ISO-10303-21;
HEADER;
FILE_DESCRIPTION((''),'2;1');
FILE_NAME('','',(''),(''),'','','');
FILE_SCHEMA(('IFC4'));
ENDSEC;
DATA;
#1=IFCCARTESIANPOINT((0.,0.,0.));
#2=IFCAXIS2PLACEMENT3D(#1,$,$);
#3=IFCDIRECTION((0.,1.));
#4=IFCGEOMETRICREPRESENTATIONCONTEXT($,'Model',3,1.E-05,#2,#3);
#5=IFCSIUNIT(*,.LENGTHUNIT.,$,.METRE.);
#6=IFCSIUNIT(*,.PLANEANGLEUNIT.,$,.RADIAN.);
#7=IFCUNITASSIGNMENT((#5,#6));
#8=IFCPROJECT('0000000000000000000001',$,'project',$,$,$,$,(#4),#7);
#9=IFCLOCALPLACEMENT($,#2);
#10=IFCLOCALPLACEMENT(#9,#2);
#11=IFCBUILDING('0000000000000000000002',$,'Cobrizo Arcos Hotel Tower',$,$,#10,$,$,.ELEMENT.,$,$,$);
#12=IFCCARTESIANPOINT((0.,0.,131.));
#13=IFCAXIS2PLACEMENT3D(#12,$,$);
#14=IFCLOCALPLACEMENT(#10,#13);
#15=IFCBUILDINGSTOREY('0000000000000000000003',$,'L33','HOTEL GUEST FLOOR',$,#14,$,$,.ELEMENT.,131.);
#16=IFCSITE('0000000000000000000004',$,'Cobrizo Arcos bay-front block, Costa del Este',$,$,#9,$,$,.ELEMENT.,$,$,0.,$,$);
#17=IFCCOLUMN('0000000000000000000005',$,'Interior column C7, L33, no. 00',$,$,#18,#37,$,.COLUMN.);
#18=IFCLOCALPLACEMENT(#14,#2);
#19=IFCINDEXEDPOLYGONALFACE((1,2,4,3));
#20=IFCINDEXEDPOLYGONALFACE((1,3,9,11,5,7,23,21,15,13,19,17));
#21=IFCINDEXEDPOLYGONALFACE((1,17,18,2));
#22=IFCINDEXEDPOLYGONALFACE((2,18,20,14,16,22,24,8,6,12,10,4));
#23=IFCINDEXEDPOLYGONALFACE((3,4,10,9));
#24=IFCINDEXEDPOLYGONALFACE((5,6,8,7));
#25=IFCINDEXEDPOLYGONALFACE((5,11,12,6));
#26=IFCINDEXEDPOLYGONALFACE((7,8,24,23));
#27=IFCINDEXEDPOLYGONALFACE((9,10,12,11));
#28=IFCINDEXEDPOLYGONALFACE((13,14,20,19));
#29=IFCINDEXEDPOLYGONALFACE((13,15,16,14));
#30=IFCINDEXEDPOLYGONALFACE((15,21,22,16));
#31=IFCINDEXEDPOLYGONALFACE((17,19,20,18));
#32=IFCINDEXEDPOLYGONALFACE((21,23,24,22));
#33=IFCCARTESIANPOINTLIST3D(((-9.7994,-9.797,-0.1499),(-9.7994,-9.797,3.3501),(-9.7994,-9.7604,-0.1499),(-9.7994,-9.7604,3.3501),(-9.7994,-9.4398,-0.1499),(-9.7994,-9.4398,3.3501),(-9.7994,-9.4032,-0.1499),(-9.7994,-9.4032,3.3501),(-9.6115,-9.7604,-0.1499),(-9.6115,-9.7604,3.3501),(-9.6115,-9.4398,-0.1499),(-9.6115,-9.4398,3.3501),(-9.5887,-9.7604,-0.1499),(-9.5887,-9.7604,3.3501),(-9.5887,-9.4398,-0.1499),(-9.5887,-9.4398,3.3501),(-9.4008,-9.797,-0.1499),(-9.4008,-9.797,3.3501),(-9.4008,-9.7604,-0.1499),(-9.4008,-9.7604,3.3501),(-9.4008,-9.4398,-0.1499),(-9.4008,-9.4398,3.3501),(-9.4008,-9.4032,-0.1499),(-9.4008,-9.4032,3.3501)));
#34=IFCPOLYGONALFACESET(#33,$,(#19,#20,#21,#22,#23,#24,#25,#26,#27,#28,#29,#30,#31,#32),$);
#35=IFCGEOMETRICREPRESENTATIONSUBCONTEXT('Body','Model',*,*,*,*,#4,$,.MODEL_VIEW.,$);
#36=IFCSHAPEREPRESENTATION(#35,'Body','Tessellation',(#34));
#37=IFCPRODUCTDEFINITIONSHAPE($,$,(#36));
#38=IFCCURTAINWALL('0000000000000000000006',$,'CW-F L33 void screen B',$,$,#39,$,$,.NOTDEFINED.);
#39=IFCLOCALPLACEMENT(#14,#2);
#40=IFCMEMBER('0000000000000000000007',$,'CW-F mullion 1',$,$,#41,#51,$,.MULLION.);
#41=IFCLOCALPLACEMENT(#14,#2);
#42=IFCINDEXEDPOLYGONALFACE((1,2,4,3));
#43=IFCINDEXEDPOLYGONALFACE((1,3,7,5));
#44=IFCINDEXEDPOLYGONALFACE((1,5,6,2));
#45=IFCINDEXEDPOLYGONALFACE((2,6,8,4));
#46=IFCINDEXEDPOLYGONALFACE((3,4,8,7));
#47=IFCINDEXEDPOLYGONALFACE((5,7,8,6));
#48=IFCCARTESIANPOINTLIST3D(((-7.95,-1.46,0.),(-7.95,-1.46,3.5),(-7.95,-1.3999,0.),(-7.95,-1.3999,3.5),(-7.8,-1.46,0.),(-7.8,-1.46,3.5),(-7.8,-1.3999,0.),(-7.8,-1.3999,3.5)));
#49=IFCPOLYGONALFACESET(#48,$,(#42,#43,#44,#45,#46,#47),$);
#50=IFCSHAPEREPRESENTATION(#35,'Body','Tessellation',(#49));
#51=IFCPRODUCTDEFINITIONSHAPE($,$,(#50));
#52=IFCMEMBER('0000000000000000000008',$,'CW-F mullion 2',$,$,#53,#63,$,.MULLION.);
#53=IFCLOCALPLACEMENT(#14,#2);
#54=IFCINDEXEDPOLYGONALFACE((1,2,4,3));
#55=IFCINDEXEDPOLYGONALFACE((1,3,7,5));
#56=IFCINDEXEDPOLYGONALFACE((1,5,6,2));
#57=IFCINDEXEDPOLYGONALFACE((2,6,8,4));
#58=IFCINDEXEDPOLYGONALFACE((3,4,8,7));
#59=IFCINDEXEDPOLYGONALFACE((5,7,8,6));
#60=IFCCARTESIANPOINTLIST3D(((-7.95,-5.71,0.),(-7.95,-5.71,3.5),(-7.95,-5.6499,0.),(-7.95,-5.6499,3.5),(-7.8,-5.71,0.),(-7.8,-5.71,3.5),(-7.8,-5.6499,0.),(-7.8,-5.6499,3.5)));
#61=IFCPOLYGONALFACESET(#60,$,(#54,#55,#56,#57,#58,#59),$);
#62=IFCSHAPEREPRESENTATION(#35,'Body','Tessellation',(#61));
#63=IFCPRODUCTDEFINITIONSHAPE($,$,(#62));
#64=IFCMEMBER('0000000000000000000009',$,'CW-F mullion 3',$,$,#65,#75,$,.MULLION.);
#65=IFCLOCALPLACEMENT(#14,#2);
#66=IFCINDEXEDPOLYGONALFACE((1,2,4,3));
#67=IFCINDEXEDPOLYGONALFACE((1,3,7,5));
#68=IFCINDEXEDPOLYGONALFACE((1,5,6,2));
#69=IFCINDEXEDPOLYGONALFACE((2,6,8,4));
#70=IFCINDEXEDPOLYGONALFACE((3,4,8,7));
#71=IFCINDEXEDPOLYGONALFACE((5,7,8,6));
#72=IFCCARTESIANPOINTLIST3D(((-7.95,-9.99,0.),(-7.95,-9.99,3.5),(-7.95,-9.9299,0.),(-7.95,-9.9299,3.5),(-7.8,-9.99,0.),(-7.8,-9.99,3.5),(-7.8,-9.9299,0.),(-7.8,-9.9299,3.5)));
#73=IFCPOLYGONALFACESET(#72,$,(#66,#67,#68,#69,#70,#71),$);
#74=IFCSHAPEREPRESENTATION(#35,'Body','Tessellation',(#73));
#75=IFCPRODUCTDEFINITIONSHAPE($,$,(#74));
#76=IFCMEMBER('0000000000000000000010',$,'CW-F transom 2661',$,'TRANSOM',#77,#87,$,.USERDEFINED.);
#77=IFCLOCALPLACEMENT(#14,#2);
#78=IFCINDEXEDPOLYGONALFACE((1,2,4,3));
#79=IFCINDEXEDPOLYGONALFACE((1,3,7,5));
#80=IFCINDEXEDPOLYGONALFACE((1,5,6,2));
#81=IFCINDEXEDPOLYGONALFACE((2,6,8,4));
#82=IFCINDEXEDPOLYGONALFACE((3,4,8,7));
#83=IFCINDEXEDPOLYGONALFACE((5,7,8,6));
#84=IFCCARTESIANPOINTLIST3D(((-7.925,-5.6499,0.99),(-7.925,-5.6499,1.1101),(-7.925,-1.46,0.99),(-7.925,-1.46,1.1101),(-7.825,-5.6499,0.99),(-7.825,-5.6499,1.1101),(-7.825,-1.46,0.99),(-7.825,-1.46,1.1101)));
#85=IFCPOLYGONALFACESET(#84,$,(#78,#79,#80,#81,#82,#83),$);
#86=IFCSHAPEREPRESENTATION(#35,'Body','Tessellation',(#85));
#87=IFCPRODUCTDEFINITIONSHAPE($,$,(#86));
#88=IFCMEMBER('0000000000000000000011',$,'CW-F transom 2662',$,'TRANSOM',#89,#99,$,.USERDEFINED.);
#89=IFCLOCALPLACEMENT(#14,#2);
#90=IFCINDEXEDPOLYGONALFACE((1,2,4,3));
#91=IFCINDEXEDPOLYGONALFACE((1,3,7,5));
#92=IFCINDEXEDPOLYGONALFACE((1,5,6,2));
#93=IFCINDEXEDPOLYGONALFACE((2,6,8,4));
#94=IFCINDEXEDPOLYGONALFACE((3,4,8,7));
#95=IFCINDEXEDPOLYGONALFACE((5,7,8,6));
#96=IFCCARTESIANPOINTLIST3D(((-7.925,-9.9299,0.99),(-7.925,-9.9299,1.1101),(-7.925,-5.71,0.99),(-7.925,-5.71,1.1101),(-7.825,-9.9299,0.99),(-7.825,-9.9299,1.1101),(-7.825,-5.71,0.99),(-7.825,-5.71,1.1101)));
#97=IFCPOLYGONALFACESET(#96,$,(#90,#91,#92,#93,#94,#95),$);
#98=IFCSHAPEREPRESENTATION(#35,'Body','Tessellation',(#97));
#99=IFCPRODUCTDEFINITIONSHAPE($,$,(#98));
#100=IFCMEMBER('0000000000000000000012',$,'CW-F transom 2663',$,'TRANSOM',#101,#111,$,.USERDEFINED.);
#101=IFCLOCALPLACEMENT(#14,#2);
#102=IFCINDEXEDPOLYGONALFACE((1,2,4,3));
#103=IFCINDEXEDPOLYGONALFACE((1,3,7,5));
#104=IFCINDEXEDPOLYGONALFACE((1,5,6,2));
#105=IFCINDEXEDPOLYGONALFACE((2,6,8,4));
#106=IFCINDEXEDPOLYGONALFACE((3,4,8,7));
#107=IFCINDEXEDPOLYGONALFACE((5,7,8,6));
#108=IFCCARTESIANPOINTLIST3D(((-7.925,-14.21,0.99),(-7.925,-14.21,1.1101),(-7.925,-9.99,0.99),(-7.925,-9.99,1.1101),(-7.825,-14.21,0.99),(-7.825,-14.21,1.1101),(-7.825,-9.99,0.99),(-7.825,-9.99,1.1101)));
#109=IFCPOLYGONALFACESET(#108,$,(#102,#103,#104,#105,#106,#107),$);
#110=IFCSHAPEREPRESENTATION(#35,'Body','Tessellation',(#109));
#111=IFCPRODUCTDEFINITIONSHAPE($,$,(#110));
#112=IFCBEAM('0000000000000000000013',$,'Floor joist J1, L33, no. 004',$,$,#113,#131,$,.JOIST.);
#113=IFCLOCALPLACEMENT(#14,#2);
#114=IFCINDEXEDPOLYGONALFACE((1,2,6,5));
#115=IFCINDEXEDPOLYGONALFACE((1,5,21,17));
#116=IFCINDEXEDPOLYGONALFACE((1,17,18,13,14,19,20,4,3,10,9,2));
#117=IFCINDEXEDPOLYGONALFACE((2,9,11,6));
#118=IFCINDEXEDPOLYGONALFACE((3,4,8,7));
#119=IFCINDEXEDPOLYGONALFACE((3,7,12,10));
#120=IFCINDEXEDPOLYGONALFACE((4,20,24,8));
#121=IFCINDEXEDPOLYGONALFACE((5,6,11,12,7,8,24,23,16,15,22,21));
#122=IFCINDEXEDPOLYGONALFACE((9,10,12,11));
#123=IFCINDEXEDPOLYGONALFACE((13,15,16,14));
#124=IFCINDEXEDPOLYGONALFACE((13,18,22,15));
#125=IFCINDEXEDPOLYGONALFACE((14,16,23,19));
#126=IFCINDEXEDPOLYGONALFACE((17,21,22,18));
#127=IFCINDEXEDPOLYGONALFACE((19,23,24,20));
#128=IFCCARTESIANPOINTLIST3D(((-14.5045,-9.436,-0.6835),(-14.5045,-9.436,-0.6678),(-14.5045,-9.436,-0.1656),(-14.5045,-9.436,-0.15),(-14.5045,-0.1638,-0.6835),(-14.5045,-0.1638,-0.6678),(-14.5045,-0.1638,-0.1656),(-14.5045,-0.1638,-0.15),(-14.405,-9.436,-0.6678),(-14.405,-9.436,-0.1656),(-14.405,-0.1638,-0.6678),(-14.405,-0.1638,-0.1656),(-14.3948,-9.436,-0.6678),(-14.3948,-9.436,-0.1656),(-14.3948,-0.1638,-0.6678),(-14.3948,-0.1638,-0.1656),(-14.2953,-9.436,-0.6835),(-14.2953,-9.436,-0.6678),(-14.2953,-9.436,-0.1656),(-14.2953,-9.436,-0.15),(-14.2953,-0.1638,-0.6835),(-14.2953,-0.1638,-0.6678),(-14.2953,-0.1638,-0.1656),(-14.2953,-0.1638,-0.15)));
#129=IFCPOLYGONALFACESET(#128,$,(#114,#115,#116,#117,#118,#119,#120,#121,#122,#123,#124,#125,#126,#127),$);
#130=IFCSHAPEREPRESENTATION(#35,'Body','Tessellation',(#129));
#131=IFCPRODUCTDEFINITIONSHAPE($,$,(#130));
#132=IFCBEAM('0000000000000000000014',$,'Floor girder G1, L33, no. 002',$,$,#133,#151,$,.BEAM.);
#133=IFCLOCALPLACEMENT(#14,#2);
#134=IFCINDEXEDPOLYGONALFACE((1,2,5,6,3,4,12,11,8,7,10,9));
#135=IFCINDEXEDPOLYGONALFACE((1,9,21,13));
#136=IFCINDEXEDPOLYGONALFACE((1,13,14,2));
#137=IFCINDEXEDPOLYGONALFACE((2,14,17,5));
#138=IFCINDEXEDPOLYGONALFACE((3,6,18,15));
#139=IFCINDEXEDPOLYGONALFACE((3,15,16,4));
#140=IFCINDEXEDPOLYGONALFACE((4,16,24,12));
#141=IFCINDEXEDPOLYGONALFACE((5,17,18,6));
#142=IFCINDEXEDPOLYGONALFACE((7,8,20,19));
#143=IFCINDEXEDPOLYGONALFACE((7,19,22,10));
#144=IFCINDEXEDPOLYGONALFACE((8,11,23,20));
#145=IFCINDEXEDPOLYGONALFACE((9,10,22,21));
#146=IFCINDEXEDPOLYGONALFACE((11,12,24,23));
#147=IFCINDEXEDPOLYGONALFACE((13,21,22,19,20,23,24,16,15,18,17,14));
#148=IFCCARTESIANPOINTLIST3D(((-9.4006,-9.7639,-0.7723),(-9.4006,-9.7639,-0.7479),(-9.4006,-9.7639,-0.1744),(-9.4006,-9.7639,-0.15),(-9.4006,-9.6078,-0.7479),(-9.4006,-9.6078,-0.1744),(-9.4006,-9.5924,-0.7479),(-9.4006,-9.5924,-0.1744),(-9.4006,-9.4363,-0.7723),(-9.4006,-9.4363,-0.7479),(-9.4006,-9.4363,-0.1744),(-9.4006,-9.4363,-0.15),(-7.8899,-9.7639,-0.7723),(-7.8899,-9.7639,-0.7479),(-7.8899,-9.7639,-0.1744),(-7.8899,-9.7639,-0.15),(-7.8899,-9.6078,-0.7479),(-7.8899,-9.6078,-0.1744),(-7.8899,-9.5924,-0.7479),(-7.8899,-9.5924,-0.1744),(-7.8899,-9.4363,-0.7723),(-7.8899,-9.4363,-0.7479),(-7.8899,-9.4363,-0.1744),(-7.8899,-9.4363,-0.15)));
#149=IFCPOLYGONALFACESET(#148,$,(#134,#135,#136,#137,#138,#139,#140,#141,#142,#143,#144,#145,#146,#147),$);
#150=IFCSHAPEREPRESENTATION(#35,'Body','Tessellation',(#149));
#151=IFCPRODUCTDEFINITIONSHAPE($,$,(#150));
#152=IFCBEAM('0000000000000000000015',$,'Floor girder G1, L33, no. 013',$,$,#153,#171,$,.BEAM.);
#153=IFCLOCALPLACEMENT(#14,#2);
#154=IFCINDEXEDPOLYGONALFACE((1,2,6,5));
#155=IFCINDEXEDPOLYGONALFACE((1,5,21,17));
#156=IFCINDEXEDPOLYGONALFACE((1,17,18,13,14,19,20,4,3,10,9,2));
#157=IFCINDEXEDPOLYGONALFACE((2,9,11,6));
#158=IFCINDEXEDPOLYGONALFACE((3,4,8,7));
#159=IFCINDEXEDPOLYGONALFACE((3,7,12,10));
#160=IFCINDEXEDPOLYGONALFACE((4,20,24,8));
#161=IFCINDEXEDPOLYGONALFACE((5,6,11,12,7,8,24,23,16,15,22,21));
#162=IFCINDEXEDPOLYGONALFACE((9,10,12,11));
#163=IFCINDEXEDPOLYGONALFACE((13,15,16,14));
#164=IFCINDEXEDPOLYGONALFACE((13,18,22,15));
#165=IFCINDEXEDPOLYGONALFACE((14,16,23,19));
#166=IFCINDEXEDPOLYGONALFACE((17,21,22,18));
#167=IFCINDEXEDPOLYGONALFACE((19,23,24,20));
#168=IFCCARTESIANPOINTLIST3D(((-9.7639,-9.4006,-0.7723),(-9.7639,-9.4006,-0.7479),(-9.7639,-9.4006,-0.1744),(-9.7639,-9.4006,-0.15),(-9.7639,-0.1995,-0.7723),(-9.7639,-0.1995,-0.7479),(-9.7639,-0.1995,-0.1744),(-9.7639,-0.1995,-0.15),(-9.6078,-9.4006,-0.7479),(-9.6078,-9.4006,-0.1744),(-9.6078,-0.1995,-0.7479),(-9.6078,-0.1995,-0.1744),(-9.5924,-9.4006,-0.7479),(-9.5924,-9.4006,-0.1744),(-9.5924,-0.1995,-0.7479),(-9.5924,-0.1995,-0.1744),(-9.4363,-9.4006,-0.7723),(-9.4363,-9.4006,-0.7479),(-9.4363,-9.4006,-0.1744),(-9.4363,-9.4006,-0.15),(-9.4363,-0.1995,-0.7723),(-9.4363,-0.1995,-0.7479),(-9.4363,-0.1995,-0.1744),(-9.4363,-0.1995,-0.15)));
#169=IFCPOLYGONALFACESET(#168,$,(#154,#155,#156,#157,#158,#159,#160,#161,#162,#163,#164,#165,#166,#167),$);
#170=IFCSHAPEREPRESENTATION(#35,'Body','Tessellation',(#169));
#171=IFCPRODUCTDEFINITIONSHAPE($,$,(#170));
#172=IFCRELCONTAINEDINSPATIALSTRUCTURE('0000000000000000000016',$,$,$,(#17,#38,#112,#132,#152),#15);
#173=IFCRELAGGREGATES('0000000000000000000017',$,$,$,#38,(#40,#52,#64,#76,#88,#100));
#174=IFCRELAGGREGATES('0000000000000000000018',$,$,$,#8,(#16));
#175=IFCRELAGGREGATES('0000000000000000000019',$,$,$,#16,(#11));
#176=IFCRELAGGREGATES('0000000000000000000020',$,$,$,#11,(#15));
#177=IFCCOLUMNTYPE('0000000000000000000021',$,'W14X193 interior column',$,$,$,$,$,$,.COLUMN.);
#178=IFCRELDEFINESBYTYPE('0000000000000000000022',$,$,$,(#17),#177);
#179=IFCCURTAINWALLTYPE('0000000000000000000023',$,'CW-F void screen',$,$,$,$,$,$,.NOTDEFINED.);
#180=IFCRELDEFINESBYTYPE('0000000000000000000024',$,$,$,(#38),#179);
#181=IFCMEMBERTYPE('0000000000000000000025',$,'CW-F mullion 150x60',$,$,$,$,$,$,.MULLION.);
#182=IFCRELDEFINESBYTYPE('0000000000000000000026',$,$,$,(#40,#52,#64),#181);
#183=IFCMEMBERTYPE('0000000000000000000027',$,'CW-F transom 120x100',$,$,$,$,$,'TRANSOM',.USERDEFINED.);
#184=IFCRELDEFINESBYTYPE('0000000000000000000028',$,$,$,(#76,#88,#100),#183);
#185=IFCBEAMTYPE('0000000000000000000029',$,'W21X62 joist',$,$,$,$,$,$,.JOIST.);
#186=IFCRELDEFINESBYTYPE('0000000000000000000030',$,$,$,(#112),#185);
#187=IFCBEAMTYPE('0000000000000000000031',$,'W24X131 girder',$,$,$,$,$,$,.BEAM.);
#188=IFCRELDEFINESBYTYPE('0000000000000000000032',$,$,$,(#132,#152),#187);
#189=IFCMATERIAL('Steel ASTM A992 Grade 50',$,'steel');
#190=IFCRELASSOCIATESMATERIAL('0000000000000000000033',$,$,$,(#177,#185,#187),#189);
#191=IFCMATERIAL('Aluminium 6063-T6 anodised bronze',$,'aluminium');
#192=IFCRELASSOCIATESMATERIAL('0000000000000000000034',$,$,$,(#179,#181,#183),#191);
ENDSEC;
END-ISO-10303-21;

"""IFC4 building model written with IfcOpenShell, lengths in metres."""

from ifc_helpers import new_model, si_unit, direction, frame, origin, origin_2d, place, context, subcontext, project, spatial, rectangle, i_section, extrude, material, material_profile, profile_set, type_object, element, aggregate, save


model = new_model("IFC4")

# Units and contexts
model_context = context("Model", 3, precision=1e-05, world=origin(), true_north=direction((0.0, 1.0)))
body_context = subcontext(model_context, "Body", "Model", "MODEL_VIEW")
ifc_project = project(units=[si_unit("LENGTHUNIT", "METRE"), si_unit("PLANEANGLEUNIT", "RADIAN")], contexts=[model_context])

# Site, building, storey
site_placement = place(None, origin())
site = spatial("IfcSite", under=ifc_project, at=site_placement, Name="Cobrizo Arcos bay-front block, Costa del Este", CompositionType="ELEMENT", RefElevation=0.0)
building_placement = place(site_placement, origin())
building = spatial("IfcBuilding", under=site, at=building_placement, Name="Cobrizo Arcos Hotel Tower", CompositionType="ELEMENT")
storey_placement = place(building_placement, frame((0.0, 0.0, 131.0)))
storey = spatial("IfcBuildingStorey", under=building, at=storey_placement, Name="L33", Description="HOTEL GUEST FLOOR", CompositionType="ELEMENT", Elevation=131.0)

# Column
ifc_material_1 = material(Name="Steel ASTM A992 Grade 50", Category="steel")
ifc_material_profile_1 = material_profile(ifc_material_1, i_section(OverallWidth=0.3987, OverallDepth=0.3938, WebThickness=0.0227, FlangeThickness=0.0366, at=origin_2d()), Name="W14X193")
ifc_profile_set_1 = profile_set([ifc_material_profile_1], Name="Steel ASTM A992 Grade 50")
column_type = type_object("IfcColumnType", Name="W14X193 interior column", PredefinedType="COLUMN", material=ifc_profile_set_1)
column_placement = place(storey_placement, frame((-9.6001, -9.6001, -0.1499), z_axis=(0.0, 0.0, 1.0), x_axis=(1.0, 0.0, 0.0)))
element("IfcColumn", 1, at=column_placement, inside=storey, type_object=column_type, Name="Interior column C7, L33, no. 00", PredefinedType="COLUMN", context=body_context, shape_type="SweptSolid", body=[
    extrude(i_section(OverallWidth=0.3987, OverallDepth=0.3938, WebThickness=0.0227, FlangeThickness=0.0366, at=origin_2d()), origin(), (0.0, 0.0, 1.0), 3.5),
])

# Curtain wall, members
ifc_material_2 = material(Name="Aluminium 6063-T6 anodised bronze", Category="aluminium")
curtain_wall_type = type_object("IfcCurtainWallType", Name="CW-F void screen", PredefinedType="NOTDEFINED", material=ifc_material_2)
curtain_wall_placement = place(storey_placement, origin())
curtain_wall = element("IfcCurtainWall", 2, at=curtain_wall_placement, inside=storey, type_object=curtain_wall_type, Name="CW-F L33 void screen B", PredefinedType="NOTDEFINED")
ifc_material_profile_2 = material_profile(ifc_material_2, rectangle(XDim=0.1499, YDim=0.0601, at=origin_2d()), Name="CW-F mullion 150x60")
ifc_profile_set_2 = profile_set([ifc_material_profile_2], Name="Aluminium 6063-T6 anodised bronze")
member_type_1 = type_object("IfcMemberType", Name="CW-F mullion 150x60", PredefinedType="MULLION", material=ifc_profile_set_2)
member_1_placement = place(storey_placement, frame((-7.875, -1.4299, 0.0), z_axis=(0.0, 0.0, 1.0), x_axis=(-1.0, 0.0, 0.0)))
member_1 = element("IfcMember", 3, at=member_1_placement, type_object=member_type_1, Name="CW-F mullion 1", PredefinedType="MULLION", context=body_context, shape_type="SweptSolid", body=[
    extrude(rectangle(XDim=0.1499, YDim=0.0601, at=origin_2d()), origin(), (0.0, 0.0, 1.0), 3.5),
])
member_2_placement = place(storey_placement, frame((-7.875, -5.6799, 0.0), z_axis=(0.0, 0.0, 1.0), x_axis=(-1.0, 0.0, 0.0)))
member_2 = element("IfcMember", 4, at=member_2_placement, type_object=member_type_1, Name="CW-F mullion 2", PredefinedType="MULLION", context=body_context, shape_type="SweptSolid", body=[
    extrude(rectangle(XDim=0.1499, YDim=0.0601, at=origin_2d()), origin(), (0.0, 0.0, 1.0), 3.5),
])
member_3_placement = place(storey_placement, frame((-7.875, -9.96, 0.0), z_axis=(0.0, 0.0, 1.0), x_axis=(-1.0, 0.0, 0.0)))
member_3 = element("IfcMember", 5, at=member_3_placement, type_object=member_type_1, Name="CW-F mullion 3", PredefinedType="MULLION", context=body_context, shape_type="SweptSolid", body=[
    extrude(rectangle(XDim=0.1499, YDim=0.0601, at=origin_2d()), origin(), (0.0, 0.0, 1.0), 3.5),
])
ifc_material_profile_3 = material_profile(ifc_material_2, rectangle(XDim=0.1001, YDim=0.1201, at=origin_2d()), Name="CW-F transom 120x100")
ifc_profile_set_3 = profile_set([ifc_material_profile_3], Name="Aluminium 6063-T6 anodised bronze")
member_type_2 = type_object("IfcMemberType", Name="CW-F transom 120x100", ElementType="TRANSOM", PredefinedType="USERDEFINED", material=ifc_profile_set_3)
member_4_placement = place(storey_placement, frame((-7.875, -1.46, 1.05), z_axis=(0.0, -1.0, 0.0), x_axis=(1.0, 0.0, 0.0)))
member_4 = element("IfcMember", 6, at=member_4_placement, type_object=member_type_2, Name="CW-F transom 2661", ObjectType="TRANSOM", PredefinedType="USERDEFINED", context=body_context, shape_type="SweptSolid", body=[
    extrude(rectangle(XDim=0.1001, YDim=0.1201, at=origin_2d()), origin(), (0.0, 0.0, 1.0), 4.1899),
])
member_5_placement = place(storey_placement, frame((-7.875, -5.71, 1.05), z_axis=(0.0, -1.0, 0.0), x_axis=(1.0, 0.0, 0.0)))
member_5 = element("IfcMember", 7, at=member_5_placement, type_object=member_type_2, Name="CW-F transom 2662", ObjectType="TRANSOM", PredefinedType="USERDEFINED", context=body_context, shape_type="SweptSolid", body=[
    extrude(rectangle(XDim=0.1001, YDim=0.1201, at=origin_2d()), origin(), (0.0, 0.0, 1.0), 4.22),
])
member_6_placement = place(storey_placement, frame((-7.875, -9.99, 1.05), z_axis=(0.0, -1.0, 0.0), x_axis=(1.0, 0.0, 0.0)))
member_6 = element("IfcMember", 8, at=member_6_placement, type_object=member_type_2, Name="CW-F transom 2663", ObjectType="TRANSOM", PredefinedType="USERDEFINED", context=body_context, shape_type="SweptSolid", body=[
    extrude(rectangle(XDim=0.1001, YDim=0.1201, at=origin_2d()), origin(), (0.0, 0.0, 1.0), 4.22),
])

# Beams
ifc_material_profile_4 = material_profile(ifc_material_1, i_section(OverallWidth=0.2092, OverallDepth=0.5334, WebThickness=0.0103, FlangeThickness=0.0156, at=origin_2d()), Name="W21X62")
ifc_profile_set_4 = profile_set([ifc_material_profile_4], Name="Steel ASTM A992 Grade 50")
beam_type_1 = type_object("IfcBeamType", Name="W21X62 joist", PredefinedType="JOIST", material=ifc_profile_set_4)
beam_1_placement = place(storey_placement, frame((-14.3999, -9.436, -0.4167), z_axis=(0.0, 1.0, 0.0), x_axis=(-1.0, 0.0, 0.0)))
element("IfcBeam", 9, at=beam_1_placement, inside=storey, type_object=beam_type_1, Name="Floor joist J1, L33, no. 004", PredefinedType="JOIST", context=body_context, shape_type="SweptSolid", body=[
    extrude(i_section(OverallWidth=0.2092, OverallDepth=0.5334, WebThickness=0.0103, FlangeThickness=0.0156, at=origin_2d()), origin(), (0.0, 0.0, 1.0), 9.2722),
])
ifc_material_profile_5 = material_profile(ifc_material_1, i_section(OverallWidth=0.3276, OverallDepth=0.6223, WebThickness=0.0154, FlangeThickness=0.0244, at=origin_2d()), Name="W24X131")
ifc_profile_set_5 = profile_set([ifc_material_profile_5], Name="Steel ASTM A992 Grade 50")
beam_type_2 = type_object("IfcBeamType", Name="W24X131 girder", PredefinedType="BEAM", material=ifc_profile_set_5)
beam_2_placement = place(storey_placement, frame((-9.4006, -9.6001, -0.4612), z_axis=(1.0, 0.0, 0.0), x_axis=(0.0, 1.0, 0.0)))
element("IfcBeam", 10, at=beam_2_placement, inside=storey, type_object=beam_type_2, Name="Floor girder G1, L33, no. 002", PredefinedType="BEAM", context=body_context, shape_type="SweptSolid", body=[
    extrude(i_section(OverallWidth=0.3276, OverallDepth=0.6223, WebThickness=0.0154, FlangeThickness=0.0244, at=origin_2d()), origin(), (0.0, 0.0, 1.0), 1.5107),
])
beam_3_placement = place(storey_placement, frame((-9.6001, -9.4006, -0.4612), z_axis=(0.0, 1.0, 0.0), x_axis=(-1.0, 0.0, 0.0)))
element("IfcBeam", 11, at=beam_3_placement, inside=storey, type_object=beam_type_2, Name="Floor girder G1, L33, no. 013", PredefinedType="BEAM", context=body_context, shape_type="SweptSolid", body=[
    extrude(i_section(OverallWidth=0.3276, OverallDepth=0.6223, WebThickness=0.0154, FlangeThickness=0.0244, at=origin_2d()), origin(), (0.0, 0.0, 1.0), 9.2012),
])

aggregate(curtain_wall, [member_1, member_2, member_3, member_4, member_5, member_6])

save(model, "model.ifc")
